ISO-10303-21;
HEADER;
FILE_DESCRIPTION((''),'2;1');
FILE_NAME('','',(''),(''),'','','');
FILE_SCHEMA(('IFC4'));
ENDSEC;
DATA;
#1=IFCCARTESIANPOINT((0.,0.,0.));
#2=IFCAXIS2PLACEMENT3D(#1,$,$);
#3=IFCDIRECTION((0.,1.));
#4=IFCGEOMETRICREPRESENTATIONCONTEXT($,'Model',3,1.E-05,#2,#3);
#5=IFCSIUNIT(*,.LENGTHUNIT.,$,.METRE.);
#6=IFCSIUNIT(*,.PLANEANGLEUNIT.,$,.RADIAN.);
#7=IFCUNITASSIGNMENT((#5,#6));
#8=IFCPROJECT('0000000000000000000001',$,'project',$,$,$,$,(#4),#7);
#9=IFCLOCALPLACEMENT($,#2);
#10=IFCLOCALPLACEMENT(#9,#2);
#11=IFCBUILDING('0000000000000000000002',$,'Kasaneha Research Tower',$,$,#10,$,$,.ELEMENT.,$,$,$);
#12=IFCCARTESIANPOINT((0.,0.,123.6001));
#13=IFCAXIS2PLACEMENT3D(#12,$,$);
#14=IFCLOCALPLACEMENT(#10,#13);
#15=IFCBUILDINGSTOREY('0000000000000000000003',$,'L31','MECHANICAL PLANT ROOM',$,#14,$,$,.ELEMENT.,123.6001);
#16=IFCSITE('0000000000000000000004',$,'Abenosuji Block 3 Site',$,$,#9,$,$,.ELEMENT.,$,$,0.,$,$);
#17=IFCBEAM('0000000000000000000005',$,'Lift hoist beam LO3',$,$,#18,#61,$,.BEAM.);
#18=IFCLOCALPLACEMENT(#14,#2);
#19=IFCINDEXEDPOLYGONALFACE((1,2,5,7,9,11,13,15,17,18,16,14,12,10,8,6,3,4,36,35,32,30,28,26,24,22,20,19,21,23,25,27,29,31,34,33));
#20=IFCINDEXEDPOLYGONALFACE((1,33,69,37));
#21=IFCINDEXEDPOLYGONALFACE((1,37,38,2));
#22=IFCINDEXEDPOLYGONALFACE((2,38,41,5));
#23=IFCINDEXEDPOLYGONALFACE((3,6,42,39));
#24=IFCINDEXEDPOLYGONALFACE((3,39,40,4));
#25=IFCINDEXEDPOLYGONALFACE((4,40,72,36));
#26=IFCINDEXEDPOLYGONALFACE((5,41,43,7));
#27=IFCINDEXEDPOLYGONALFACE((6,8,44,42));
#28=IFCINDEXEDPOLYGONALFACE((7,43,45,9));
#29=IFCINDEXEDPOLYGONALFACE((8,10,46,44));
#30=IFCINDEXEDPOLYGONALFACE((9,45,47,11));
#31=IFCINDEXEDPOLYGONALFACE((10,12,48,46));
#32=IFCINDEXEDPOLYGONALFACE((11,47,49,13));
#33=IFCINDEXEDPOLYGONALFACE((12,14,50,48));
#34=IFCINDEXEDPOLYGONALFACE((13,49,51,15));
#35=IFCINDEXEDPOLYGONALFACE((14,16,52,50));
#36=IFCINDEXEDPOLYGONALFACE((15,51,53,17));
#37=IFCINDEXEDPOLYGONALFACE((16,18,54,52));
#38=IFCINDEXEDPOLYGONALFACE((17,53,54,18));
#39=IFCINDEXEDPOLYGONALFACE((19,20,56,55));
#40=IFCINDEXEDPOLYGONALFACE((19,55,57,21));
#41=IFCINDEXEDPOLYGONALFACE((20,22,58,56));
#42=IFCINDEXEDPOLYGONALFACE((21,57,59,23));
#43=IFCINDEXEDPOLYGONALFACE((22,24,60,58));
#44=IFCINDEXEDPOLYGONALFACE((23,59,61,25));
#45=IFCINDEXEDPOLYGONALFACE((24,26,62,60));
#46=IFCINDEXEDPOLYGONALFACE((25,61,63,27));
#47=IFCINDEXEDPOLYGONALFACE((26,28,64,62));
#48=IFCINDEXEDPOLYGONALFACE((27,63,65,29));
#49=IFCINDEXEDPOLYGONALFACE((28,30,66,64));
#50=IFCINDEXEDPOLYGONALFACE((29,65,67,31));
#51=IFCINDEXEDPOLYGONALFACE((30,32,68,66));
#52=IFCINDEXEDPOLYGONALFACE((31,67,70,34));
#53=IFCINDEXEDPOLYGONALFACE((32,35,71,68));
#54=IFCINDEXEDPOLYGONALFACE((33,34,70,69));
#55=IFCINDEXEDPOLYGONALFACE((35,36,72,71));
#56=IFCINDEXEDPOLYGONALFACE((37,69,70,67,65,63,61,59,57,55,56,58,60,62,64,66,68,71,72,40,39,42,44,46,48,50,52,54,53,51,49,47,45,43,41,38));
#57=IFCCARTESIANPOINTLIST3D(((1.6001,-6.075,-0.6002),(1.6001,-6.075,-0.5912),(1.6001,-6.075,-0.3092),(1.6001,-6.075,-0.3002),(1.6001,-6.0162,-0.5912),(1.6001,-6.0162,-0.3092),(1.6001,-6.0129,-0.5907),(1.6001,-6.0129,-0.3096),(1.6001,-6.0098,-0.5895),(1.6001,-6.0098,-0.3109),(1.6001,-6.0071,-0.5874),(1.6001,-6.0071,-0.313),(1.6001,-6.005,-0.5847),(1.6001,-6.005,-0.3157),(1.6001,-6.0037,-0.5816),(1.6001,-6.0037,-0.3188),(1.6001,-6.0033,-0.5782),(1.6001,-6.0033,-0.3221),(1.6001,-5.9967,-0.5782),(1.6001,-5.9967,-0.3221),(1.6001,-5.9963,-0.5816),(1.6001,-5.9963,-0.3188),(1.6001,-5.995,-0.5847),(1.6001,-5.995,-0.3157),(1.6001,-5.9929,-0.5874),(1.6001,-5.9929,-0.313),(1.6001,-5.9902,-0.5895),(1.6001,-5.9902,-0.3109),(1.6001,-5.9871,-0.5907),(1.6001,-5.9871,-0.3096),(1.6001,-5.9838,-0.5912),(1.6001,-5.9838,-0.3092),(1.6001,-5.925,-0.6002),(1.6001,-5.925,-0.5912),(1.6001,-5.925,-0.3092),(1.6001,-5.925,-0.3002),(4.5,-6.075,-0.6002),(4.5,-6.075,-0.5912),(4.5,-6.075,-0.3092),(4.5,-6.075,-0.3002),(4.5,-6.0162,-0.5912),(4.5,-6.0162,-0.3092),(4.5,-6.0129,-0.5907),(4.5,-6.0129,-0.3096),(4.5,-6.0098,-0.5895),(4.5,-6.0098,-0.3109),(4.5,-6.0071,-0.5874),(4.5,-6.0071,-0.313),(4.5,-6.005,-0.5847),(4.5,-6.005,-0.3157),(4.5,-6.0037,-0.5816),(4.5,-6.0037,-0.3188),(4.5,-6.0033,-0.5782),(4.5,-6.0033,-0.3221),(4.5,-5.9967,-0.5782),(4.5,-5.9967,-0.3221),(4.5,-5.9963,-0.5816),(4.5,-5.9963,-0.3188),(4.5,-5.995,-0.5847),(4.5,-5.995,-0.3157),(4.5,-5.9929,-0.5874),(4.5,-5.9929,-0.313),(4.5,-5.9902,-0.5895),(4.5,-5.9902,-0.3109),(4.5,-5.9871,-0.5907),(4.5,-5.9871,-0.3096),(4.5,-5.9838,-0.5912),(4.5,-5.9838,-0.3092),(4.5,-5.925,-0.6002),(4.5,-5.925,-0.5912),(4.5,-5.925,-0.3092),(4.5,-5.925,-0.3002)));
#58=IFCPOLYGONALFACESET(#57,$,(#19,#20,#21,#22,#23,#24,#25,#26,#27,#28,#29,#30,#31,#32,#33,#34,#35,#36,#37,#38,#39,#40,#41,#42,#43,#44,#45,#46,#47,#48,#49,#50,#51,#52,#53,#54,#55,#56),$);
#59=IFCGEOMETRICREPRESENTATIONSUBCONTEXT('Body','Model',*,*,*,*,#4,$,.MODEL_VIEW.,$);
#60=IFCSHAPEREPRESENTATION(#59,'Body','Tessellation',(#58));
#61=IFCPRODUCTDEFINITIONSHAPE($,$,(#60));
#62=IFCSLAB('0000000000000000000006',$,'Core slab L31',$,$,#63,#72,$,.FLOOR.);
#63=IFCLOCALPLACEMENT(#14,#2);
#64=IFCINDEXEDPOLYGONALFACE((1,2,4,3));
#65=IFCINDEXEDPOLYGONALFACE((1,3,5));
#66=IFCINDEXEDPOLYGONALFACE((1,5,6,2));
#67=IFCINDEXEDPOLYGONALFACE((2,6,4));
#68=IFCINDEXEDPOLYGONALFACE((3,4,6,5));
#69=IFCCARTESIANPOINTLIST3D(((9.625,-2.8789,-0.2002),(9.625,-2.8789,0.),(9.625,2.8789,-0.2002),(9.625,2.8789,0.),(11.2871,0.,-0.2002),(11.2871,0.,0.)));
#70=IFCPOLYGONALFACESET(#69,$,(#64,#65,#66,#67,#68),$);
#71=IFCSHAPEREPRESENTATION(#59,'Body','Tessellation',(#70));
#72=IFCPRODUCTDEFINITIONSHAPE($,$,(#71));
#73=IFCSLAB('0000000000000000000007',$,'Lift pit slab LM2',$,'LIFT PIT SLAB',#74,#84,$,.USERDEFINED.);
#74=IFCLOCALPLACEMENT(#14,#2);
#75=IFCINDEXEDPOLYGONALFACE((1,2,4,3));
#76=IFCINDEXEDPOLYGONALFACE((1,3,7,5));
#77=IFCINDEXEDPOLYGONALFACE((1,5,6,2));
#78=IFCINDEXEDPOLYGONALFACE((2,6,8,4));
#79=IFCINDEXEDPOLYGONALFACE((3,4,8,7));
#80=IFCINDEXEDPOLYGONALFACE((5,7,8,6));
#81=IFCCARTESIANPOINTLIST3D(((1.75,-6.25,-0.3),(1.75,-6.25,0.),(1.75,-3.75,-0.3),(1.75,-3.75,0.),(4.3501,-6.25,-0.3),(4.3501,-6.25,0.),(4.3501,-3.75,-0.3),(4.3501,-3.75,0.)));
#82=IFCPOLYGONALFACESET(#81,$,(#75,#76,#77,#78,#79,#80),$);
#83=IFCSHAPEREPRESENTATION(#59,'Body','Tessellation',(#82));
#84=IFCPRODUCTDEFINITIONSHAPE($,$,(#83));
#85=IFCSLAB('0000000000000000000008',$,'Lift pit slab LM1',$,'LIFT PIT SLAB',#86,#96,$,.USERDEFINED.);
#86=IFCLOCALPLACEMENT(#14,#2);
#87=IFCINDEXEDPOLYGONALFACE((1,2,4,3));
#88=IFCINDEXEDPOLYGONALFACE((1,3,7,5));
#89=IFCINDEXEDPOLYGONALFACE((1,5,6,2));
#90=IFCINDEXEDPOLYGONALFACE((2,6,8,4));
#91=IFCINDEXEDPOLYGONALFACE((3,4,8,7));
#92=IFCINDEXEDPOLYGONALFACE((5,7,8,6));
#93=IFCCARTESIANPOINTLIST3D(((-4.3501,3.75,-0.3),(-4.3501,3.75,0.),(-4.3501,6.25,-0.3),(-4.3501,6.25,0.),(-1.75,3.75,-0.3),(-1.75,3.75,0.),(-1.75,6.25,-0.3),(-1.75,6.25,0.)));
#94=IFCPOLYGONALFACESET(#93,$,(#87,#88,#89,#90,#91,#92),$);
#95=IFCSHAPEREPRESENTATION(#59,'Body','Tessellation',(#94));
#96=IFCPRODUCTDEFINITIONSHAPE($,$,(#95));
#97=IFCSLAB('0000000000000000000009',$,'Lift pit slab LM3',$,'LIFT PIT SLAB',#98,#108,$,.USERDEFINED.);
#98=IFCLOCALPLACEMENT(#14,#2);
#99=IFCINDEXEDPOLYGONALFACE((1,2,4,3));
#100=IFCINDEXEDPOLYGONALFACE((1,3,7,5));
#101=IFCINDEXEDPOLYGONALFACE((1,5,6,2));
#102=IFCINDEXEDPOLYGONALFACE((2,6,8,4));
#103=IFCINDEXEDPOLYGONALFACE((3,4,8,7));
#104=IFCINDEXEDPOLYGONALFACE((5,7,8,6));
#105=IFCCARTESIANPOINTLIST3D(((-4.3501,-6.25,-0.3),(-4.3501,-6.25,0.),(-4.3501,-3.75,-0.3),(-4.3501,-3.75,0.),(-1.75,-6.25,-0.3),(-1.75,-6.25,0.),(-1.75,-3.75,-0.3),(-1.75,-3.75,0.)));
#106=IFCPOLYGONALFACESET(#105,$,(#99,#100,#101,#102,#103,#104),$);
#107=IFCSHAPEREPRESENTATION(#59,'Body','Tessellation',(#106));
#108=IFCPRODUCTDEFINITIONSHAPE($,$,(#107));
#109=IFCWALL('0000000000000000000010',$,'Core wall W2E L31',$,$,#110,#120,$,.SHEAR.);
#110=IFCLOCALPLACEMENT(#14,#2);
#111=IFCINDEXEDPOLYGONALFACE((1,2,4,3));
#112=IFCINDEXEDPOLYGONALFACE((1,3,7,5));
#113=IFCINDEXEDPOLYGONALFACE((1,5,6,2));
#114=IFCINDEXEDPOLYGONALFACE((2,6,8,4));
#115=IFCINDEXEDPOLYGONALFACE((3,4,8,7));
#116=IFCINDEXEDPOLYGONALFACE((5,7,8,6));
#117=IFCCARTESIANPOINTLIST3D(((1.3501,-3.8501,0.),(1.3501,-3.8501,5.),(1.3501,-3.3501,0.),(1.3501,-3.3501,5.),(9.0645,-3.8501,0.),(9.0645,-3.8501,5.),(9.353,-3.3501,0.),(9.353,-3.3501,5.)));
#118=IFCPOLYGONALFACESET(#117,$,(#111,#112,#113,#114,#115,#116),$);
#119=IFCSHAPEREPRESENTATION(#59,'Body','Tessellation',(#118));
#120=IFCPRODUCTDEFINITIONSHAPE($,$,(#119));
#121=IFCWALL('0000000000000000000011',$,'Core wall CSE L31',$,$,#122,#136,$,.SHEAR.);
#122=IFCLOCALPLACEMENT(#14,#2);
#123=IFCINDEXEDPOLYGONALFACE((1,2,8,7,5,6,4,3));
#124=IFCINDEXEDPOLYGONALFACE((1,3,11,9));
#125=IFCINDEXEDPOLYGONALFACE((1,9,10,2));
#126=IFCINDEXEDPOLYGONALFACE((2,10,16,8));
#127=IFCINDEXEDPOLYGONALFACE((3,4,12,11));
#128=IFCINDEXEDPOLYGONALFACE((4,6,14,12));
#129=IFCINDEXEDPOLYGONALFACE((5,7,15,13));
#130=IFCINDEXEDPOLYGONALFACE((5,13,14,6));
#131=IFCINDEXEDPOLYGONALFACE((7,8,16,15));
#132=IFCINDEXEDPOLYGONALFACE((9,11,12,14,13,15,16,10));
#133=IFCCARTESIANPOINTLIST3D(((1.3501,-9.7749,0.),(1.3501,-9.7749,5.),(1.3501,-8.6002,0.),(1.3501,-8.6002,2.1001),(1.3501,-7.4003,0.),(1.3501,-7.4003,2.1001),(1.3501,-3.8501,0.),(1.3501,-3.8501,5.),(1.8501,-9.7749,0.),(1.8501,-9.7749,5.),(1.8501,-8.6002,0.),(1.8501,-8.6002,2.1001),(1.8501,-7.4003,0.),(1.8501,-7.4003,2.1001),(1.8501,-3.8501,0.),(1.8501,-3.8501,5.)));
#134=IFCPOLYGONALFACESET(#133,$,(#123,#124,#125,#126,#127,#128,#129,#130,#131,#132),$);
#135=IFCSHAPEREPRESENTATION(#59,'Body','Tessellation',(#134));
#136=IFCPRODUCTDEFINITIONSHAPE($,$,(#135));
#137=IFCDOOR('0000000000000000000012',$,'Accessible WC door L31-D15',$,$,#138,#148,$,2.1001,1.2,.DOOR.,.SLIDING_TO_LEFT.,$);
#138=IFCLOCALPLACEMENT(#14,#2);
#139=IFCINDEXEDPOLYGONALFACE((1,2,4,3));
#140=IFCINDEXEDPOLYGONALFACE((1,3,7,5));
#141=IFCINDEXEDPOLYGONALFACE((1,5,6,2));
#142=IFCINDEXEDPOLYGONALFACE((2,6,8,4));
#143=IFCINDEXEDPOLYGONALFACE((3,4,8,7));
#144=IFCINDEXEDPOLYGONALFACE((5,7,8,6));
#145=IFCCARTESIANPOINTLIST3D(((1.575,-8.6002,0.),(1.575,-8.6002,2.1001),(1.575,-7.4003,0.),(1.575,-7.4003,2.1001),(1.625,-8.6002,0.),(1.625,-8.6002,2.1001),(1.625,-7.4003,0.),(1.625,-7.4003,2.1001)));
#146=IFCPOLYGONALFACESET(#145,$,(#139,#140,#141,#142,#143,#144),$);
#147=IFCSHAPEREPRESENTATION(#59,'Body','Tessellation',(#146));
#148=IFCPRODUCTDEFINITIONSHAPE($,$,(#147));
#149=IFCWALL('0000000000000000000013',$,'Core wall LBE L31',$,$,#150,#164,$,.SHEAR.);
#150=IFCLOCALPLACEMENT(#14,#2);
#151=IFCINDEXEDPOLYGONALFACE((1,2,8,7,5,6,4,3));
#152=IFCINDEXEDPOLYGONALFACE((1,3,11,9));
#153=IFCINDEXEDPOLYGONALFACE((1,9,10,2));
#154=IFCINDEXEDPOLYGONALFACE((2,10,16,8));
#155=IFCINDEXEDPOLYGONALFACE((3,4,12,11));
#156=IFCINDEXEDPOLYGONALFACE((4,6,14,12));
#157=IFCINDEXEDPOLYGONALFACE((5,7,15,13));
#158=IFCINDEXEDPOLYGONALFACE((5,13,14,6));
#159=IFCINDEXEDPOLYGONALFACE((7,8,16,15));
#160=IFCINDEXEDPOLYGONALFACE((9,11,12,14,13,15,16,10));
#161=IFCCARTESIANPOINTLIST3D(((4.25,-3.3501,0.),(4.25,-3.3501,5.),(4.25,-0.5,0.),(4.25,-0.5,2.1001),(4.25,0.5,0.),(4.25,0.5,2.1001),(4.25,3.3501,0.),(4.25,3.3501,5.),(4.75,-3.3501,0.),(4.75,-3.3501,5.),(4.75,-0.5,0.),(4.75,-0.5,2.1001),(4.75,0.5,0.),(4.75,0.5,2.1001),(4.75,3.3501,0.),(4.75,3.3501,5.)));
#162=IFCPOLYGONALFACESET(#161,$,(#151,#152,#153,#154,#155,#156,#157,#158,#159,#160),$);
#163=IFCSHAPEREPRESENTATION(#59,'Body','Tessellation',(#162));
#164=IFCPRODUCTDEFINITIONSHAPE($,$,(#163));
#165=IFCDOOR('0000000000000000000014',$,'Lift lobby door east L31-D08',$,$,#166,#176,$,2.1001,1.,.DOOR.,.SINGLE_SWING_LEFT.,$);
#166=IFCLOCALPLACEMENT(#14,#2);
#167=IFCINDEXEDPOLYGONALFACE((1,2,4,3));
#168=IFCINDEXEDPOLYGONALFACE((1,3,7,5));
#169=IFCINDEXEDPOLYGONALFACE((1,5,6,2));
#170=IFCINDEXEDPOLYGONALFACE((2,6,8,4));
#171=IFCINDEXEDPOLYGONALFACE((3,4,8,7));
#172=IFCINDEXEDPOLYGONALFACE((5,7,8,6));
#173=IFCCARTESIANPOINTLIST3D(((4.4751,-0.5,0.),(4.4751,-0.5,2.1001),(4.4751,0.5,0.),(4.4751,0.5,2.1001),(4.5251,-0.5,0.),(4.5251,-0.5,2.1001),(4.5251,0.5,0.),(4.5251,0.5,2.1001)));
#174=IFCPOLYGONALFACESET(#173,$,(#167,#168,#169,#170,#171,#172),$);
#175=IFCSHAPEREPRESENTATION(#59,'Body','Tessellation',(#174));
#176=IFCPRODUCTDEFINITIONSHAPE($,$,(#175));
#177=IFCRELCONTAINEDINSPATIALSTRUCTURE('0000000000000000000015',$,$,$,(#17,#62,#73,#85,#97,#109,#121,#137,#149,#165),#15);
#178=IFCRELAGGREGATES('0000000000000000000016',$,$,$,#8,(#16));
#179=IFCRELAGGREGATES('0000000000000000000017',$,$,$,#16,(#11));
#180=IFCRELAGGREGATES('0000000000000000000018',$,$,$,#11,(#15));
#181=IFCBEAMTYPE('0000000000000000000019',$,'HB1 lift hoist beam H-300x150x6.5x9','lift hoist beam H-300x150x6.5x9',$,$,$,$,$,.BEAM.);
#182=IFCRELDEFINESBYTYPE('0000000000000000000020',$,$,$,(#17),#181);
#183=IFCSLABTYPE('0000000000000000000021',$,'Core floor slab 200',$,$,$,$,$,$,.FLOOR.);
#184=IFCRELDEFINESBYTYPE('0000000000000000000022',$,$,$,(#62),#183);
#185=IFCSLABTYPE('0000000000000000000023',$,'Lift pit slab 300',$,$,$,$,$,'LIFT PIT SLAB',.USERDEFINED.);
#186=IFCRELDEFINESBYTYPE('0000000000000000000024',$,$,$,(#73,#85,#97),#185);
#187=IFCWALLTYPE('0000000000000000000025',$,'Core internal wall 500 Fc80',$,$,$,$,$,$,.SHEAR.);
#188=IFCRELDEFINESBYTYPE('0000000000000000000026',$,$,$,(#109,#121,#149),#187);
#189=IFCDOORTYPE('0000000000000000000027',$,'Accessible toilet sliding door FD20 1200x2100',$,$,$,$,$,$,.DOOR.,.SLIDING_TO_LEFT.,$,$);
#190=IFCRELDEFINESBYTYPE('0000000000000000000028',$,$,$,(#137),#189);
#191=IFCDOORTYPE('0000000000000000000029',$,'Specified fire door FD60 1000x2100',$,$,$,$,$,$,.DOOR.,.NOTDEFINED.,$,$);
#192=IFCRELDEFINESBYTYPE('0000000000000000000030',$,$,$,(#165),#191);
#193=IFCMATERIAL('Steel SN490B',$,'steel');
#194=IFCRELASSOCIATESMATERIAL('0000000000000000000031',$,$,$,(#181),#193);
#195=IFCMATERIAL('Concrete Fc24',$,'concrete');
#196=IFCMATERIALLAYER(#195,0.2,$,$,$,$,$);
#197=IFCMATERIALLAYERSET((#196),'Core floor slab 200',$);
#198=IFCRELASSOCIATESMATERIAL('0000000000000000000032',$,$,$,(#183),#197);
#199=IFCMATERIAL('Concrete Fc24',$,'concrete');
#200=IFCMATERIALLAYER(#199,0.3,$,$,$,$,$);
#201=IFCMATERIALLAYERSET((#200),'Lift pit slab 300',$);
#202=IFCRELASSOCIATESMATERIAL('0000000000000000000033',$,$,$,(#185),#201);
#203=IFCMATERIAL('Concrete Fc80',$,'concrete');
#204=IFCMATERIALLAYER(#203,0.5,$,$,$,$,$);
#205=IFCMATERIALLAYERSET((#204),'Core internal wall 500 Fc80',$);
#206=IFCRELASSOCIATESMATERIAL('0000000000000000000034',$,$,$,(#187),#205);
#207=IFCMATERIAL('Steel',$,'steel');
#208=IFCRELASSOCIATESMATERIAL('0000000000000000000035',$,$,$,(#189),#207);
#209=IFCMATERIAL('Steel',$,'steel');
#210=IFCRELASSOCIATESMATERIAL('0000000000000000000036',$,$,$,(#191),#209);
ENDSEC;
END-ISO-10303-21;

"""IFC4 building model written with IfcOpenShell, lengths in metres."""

from ifc_helpers import new_model, si_unit, direction, frame, frame_2d, origin, origin_2d, place, context, subcontext, project, spatial, polyline, rectangle, i_section, outline, extrude, material, layer, layer_set, material_profile, profile_set, type_object, element, fill, save


model = new_model("IFC4")

# Units and contexts
model_context = context("Model", 3, precision=1e-05, world=origin(), true_north=direction((0.0, 1.0)))
body_context = subcontext(model_context, "Body", "Model", "MODEL_VIEW")
ifc_project = project(units=[si_unit("LENGTHUNIT", "METRE"), si_unit("PLANEANGLEUNIT", "RADIAN")], contexts=[model_context])

# Site, building, storey
site_placement = place(None, origin())
site = spatial("IfcSite", under=ifc_project, at=site_placement, Name="Abenosuji Block 3 Site", CompositionType="ELEMENT", RefElevation=0.0)
building_placement = place(site_placement, origin())
building = spatial("IfcBuilding", under=site, at=building_placement, Name="Kasaneha Research Tower", CompositionType="ELEMENT")
storey_placement = place(building_placement, frame((0.0, 0.0, 123.6001)))
storey = spatial("IfcBuildingStorey", under=building, at=storey_placement, Name="L31", Description="MECHANICAL PLANT ROOM", CompositionType="ELEMENT", Elevation=123.6001)

# Beam
ifc_material_1 = material(Name="Steel SN490B", Category="steel")
ifc_material_profile = material_profile(ifc_material_1, i_section(OverallWidth=0.1499, OverallDepth=0.3, WebThickness=0.0066, FlangeThickness=0.009, FilletRadius=0.0129, at=origin_2d()), Name="H-300x150x6.5x9")
ifc_profile_set = profile_set([ifc_material_profile], Name="Steel SN490B")
beam_type = type_object("IfcBeamType", Name="HB1 lift hoist beam H-300x150x6.5x9", Description="lift hoist beam H-300x150x6.5x9", PredefinedType="BEAM", material=ifc_profile_set)
beam_placement = place(storey_placement, frame((1.6001, -6.0, -0.4502), z_axis=(1.0, 0.0, 0.0), x_axis=(0.0, 1.0, 0.0)))
element("IfcBeam", 1, at=beam_placement, inside=storey, type_object=beam_type, Name="Lift hoist beam LO3", PredefinedType="BEAM", context=body_context, shape_type="SweptSolid", body=[
    extrude(i_section(OverallWidth=0.1499, OverallDepth=0.3, WebThickness=0.0066, FlangeThickness=0.009, FilletRadius=0.0129, at=origin_2d()), origin(), (0.0, 0.0, 1.0), 2.8999),
])

# Slabs
ifc_material_2 = material(Name="Concrete Fc24", Category="concrete")
ifc_layer_1 = layer(ifc_material_2, 0.2)
ifc_layer_set_1 = layer_set([ifc_layer_1], Name="Core floor slab 200")
slab_type_1 = type_object("IfcSlabType", Name="Core floor slab 200", PredefinedType="FLOOR", material=ifc_layer_set_1)
slab_1_placement = place(storey_placement, frame((0.0, 0.0, -0.2002)))
element("IfcSlab", 2, at=slab_1_placement, inside=storey, type_object=slab_type_1, Name="Core slab L31", PredefinedType="FLOOR", context=body_context, shape_type="SweptSolid", body=[
    extrude(outline(polyline([(11.2871, 0.0), (9.625, -2.8789), (9.625, 2.8789), (11.2871, 0.0)])), origin(), (0.0, 0.0, 1.0), 0.2002),
])
ifc_material_3 = material(Name="Concrete Fc24", Category="concrete")
ifc_layer_2 = layer(ifc_material_3, 0.3)
ifc_layer_set_2 = layer_set([ifc_layer_2], Name="Lift pit slab 300")
slab_type_2 = type_object("IfcSlabType", Name="Lift pit slab 300", ElementType="LIFT PIT SLAB", PredefinedType="USERDEFINED", material=ifc_layer_set_2)
slab_2_placement = place(storey_placement, frame((0.0, 0.0, -0.3)))
element("IfcSlab", 3, at=slab_2_placement, inside=storey, type_object=slab_type_2, Name="Lift pit slab LM2", ObjectType="LIFT PIT SLAB", PredefinedType="USERDEFINED", context=body_context, shape_type="SweptSolid", body=[
    extrude(outline(polyline([(4.3501, -6.25), (1.75, -6.25), (1.75, -3.75), (4.3501, -3.75), (4.3501, -6.25)])), origin(), (0.0, 0.0, 1.0), 0.3),
])
slab_3_placement = place(storey_placement, frame((0.0, 0.0, -0.3)))
element("IfcSlab", 4, at=slab_3_placement, inside=storey, type_object=slab_type_2, Name="Lift pit slab LM1", ObjectType="LIFT PIT SLAB", PredefinedType="USERDEFINED", context=body_context, shape_type="SweptSolid", body=[
    extrude(outline(polyline([(-1.75, 3.75), (-4.3501, 3.75), (-4.3501, 6.25), (-1.75, 6.25), (-1.75, 3.75)])), origin(), (0.0, 0.0, 1.0), 0.3),
])
slab_4_placement = place(storey_placement, frame((0.0, 0.0, -0.3)))
element("IfcSlab", 5, at=slab_4_placement, inside=storey, type_object=slab_type_2, Name="Lift pit slab LM3", ObjectType="LIFT PIT SLAB", PredefinedType="USERDEFINED", context=body_context, shape_type="SweptSolid", body=[
    extrude(outline(polyline([(-1.75, -6.25), (-4.3501, -6.25), (-4.3501, -3.75), (-1.75, -3.75), (-1.75, -6.25)])), origin(), (0.0, 0.0, 1.0), 0.3),
])

# Wall
ifc_material_4 = material(Name="Concrete Fc80", Category="concrete")
ifc_layer_3 = layer(ifc_material_4, 0.5)
ifc_layer_set_3 = layer_set([ifc_layer_3], Name="Core internal wall 500 Fc80")
wall_type_1 = type_object("IfcWallType", Name="Core internal wall 500 Fc80", PredefinedType="SHEAR", material=ifc_layer_set_3)
wall_1_placement = place(storey_placement, frame((1.3501, -3.6001, 0.0), z_axis=(0.0, 0.0, 1.0), x_axis=(1.0, 0.0, 0.0)))
element("IfcWall", 6, at=wall_1_placement, inside=storey, type_object=wall_type_1, Name="Core wall W2E L31", PredefinedType="SHEAR", context=body_context, shape_type="SweptSolid", body=[
    extrude(outline(polyline([(0.0, -0.25), (7.7144, -0.25), (8.0029, 0.25), (0.0, 0.25), (0.0, -0.25)])), origin(), (0.0, 0.0, 1.0), 5.0),
])

# Walls, openings, doors
wall_2_placement = place(storey_placement, frame((1.6001, -3.8501, 0.0), z_axis=(0.0, 0.0, 1.0), x_axis=(0.0, -1.0, 0.0)))
wall_2 = element("IfcWall", 7, at=wall_2_placement, inside=storey, type_object=wall_type_1, Name="Core wall CSE L31", PredefinedType="SHEAR", context=body_context, shape_type="SweptSolid", body=[
    extrude(rectangle(XDim=5.9248, YDim=0.5, at=frame_2d((2.9624, 0.0))), origin(), (0.0, 0.0, 1.0), 5.0),
])
opening_1_placement = place(wall_2_placement, frame((3.55, 0.0, 0.0)))
opening_1 = element("IfcOpeningElement", 8, at=opening_1_placement, cuts=wall_2, PredefinedType="OPENING", context=body_context, shape_type="SweptSolid", body=[
    extrude(rectangle(XDim=1.2, YDim=2.1001, at=frame_2d((0.6001, 1.05))), frame((0.0, 0.26, 0.0), z_axis=(0.0, -1.0, 0.0), x_axis=(1.0, 0.0, 0.0)), (0.0, 0.0, 1.0), 0.52),
])
ifc_material_5 = material(Name="Steel", Category="steel")
door_type_1 = type_object("IfcDoorType", Name="Accessible toilet sliding door FD20 1200x2100", OperationType="SLIDING_TO_LEFT", PredefinedType="DOOR", material=ifc_material_5)
door_1_placement = place(opening_1_placement, origin())
door_1 = element("IfcDoor", 9, at=door_1_placement, inside=storey, type_object=door_type_1, Name="Accessible WC door L31-D15", OperationType="SLIDING_TO_LEFT", OverallHeight=2.1001, OverallWidth=1.2, PredefinedType="DOOR", context=body_context, shape_type="SweptSolid", body=[
    extrude(rectangle(XDim=1.2, YDim=2.1001, at=frame_2d((0.6001, 1.05))), frame((0.0, 0.0249, 0.0), z_axis=(0.0, -1.0, 0.0), x_axis=(1.0, 0.0, 0.0)), (0.0, 0.0, 1.0), 0.05),
])
fill(opening_1, door_1)
wall_3_placement = place(storey_placement, frame((4.5, -3.3501, 0.0), z_axis=(0.0, 0.0, 1.0), x_axis=(0.0, 1.0, 0.0)))
wall_3 = element("IfcWall", 10, at=wall_3_placement, inside=storey, type_object=wall_type_1, Name="Core wall LBE L31", PredefinedType="SHEAR", context=body_context, shape_type="SweptSolid", body=[
    extrude(rectangle(XDim=6.7002, YDim=0.5, at=frame_2d((3.3501, 0.0))), origin(), (0.0, 0.0, 1.0), 5.0),
])
opening_2_placement = place(wall_3_placement, frame((2.8501, 0.0, 0.0)))
opening_2 = element("IfcOpeningElement", 11, at=opening_2_placement, cuts=wall_3, PredefinedType="OPENING", context=body_context, shape_type="SweptSolid", body=[
    extrude(rectangle(XDim=1.0, YDim=2.1001, at=frame_2d((0.5, 1.05))), frame((0.0, 0.26, 0.0), z_axis=(0.0, -1.0, 0.0), x_axis=(1.0, 0.0, 0.0)), (0.0, 0.0, 1.0), 0.52),
])
ifc_material_6 = material(Name="Steel", Category="steel")
door_type_2 = type_object("IfcDoorType", Name="Specified fire door FD60 1000x2100", OperationType="NOTDEFINED", PredefinedType="DOOR", material=ifc_material_6)
door_2_placement = place(opening_2_placement, origin())
door_2 = element("IfcDoor", 12, at=door_2_placement, inside=storey, type_object=door_type_2, Name="Lift lobby door east L31-D08", OperationType="SINGLE_SWING_LEFT", OverallHeight=2.1001, OverallWidth=1.0, PredefinedType="DOOR", context=body_context, shape_type="SweptSolid", body=[
    extrude(rectangle(XDim=1.0, YDim=2.1001, at=frame_2d((0.5, 1.05))), frame((0.0, 0.0249, 0.0), z_axis=(0.0, -1.0, 0.0), x_axis=(1.0, 0.0, 0.0)), (0.0, 0.0, 1.0), 0.05),
])
fill(opening_2, door_2)

save(model, "model.ifc")
